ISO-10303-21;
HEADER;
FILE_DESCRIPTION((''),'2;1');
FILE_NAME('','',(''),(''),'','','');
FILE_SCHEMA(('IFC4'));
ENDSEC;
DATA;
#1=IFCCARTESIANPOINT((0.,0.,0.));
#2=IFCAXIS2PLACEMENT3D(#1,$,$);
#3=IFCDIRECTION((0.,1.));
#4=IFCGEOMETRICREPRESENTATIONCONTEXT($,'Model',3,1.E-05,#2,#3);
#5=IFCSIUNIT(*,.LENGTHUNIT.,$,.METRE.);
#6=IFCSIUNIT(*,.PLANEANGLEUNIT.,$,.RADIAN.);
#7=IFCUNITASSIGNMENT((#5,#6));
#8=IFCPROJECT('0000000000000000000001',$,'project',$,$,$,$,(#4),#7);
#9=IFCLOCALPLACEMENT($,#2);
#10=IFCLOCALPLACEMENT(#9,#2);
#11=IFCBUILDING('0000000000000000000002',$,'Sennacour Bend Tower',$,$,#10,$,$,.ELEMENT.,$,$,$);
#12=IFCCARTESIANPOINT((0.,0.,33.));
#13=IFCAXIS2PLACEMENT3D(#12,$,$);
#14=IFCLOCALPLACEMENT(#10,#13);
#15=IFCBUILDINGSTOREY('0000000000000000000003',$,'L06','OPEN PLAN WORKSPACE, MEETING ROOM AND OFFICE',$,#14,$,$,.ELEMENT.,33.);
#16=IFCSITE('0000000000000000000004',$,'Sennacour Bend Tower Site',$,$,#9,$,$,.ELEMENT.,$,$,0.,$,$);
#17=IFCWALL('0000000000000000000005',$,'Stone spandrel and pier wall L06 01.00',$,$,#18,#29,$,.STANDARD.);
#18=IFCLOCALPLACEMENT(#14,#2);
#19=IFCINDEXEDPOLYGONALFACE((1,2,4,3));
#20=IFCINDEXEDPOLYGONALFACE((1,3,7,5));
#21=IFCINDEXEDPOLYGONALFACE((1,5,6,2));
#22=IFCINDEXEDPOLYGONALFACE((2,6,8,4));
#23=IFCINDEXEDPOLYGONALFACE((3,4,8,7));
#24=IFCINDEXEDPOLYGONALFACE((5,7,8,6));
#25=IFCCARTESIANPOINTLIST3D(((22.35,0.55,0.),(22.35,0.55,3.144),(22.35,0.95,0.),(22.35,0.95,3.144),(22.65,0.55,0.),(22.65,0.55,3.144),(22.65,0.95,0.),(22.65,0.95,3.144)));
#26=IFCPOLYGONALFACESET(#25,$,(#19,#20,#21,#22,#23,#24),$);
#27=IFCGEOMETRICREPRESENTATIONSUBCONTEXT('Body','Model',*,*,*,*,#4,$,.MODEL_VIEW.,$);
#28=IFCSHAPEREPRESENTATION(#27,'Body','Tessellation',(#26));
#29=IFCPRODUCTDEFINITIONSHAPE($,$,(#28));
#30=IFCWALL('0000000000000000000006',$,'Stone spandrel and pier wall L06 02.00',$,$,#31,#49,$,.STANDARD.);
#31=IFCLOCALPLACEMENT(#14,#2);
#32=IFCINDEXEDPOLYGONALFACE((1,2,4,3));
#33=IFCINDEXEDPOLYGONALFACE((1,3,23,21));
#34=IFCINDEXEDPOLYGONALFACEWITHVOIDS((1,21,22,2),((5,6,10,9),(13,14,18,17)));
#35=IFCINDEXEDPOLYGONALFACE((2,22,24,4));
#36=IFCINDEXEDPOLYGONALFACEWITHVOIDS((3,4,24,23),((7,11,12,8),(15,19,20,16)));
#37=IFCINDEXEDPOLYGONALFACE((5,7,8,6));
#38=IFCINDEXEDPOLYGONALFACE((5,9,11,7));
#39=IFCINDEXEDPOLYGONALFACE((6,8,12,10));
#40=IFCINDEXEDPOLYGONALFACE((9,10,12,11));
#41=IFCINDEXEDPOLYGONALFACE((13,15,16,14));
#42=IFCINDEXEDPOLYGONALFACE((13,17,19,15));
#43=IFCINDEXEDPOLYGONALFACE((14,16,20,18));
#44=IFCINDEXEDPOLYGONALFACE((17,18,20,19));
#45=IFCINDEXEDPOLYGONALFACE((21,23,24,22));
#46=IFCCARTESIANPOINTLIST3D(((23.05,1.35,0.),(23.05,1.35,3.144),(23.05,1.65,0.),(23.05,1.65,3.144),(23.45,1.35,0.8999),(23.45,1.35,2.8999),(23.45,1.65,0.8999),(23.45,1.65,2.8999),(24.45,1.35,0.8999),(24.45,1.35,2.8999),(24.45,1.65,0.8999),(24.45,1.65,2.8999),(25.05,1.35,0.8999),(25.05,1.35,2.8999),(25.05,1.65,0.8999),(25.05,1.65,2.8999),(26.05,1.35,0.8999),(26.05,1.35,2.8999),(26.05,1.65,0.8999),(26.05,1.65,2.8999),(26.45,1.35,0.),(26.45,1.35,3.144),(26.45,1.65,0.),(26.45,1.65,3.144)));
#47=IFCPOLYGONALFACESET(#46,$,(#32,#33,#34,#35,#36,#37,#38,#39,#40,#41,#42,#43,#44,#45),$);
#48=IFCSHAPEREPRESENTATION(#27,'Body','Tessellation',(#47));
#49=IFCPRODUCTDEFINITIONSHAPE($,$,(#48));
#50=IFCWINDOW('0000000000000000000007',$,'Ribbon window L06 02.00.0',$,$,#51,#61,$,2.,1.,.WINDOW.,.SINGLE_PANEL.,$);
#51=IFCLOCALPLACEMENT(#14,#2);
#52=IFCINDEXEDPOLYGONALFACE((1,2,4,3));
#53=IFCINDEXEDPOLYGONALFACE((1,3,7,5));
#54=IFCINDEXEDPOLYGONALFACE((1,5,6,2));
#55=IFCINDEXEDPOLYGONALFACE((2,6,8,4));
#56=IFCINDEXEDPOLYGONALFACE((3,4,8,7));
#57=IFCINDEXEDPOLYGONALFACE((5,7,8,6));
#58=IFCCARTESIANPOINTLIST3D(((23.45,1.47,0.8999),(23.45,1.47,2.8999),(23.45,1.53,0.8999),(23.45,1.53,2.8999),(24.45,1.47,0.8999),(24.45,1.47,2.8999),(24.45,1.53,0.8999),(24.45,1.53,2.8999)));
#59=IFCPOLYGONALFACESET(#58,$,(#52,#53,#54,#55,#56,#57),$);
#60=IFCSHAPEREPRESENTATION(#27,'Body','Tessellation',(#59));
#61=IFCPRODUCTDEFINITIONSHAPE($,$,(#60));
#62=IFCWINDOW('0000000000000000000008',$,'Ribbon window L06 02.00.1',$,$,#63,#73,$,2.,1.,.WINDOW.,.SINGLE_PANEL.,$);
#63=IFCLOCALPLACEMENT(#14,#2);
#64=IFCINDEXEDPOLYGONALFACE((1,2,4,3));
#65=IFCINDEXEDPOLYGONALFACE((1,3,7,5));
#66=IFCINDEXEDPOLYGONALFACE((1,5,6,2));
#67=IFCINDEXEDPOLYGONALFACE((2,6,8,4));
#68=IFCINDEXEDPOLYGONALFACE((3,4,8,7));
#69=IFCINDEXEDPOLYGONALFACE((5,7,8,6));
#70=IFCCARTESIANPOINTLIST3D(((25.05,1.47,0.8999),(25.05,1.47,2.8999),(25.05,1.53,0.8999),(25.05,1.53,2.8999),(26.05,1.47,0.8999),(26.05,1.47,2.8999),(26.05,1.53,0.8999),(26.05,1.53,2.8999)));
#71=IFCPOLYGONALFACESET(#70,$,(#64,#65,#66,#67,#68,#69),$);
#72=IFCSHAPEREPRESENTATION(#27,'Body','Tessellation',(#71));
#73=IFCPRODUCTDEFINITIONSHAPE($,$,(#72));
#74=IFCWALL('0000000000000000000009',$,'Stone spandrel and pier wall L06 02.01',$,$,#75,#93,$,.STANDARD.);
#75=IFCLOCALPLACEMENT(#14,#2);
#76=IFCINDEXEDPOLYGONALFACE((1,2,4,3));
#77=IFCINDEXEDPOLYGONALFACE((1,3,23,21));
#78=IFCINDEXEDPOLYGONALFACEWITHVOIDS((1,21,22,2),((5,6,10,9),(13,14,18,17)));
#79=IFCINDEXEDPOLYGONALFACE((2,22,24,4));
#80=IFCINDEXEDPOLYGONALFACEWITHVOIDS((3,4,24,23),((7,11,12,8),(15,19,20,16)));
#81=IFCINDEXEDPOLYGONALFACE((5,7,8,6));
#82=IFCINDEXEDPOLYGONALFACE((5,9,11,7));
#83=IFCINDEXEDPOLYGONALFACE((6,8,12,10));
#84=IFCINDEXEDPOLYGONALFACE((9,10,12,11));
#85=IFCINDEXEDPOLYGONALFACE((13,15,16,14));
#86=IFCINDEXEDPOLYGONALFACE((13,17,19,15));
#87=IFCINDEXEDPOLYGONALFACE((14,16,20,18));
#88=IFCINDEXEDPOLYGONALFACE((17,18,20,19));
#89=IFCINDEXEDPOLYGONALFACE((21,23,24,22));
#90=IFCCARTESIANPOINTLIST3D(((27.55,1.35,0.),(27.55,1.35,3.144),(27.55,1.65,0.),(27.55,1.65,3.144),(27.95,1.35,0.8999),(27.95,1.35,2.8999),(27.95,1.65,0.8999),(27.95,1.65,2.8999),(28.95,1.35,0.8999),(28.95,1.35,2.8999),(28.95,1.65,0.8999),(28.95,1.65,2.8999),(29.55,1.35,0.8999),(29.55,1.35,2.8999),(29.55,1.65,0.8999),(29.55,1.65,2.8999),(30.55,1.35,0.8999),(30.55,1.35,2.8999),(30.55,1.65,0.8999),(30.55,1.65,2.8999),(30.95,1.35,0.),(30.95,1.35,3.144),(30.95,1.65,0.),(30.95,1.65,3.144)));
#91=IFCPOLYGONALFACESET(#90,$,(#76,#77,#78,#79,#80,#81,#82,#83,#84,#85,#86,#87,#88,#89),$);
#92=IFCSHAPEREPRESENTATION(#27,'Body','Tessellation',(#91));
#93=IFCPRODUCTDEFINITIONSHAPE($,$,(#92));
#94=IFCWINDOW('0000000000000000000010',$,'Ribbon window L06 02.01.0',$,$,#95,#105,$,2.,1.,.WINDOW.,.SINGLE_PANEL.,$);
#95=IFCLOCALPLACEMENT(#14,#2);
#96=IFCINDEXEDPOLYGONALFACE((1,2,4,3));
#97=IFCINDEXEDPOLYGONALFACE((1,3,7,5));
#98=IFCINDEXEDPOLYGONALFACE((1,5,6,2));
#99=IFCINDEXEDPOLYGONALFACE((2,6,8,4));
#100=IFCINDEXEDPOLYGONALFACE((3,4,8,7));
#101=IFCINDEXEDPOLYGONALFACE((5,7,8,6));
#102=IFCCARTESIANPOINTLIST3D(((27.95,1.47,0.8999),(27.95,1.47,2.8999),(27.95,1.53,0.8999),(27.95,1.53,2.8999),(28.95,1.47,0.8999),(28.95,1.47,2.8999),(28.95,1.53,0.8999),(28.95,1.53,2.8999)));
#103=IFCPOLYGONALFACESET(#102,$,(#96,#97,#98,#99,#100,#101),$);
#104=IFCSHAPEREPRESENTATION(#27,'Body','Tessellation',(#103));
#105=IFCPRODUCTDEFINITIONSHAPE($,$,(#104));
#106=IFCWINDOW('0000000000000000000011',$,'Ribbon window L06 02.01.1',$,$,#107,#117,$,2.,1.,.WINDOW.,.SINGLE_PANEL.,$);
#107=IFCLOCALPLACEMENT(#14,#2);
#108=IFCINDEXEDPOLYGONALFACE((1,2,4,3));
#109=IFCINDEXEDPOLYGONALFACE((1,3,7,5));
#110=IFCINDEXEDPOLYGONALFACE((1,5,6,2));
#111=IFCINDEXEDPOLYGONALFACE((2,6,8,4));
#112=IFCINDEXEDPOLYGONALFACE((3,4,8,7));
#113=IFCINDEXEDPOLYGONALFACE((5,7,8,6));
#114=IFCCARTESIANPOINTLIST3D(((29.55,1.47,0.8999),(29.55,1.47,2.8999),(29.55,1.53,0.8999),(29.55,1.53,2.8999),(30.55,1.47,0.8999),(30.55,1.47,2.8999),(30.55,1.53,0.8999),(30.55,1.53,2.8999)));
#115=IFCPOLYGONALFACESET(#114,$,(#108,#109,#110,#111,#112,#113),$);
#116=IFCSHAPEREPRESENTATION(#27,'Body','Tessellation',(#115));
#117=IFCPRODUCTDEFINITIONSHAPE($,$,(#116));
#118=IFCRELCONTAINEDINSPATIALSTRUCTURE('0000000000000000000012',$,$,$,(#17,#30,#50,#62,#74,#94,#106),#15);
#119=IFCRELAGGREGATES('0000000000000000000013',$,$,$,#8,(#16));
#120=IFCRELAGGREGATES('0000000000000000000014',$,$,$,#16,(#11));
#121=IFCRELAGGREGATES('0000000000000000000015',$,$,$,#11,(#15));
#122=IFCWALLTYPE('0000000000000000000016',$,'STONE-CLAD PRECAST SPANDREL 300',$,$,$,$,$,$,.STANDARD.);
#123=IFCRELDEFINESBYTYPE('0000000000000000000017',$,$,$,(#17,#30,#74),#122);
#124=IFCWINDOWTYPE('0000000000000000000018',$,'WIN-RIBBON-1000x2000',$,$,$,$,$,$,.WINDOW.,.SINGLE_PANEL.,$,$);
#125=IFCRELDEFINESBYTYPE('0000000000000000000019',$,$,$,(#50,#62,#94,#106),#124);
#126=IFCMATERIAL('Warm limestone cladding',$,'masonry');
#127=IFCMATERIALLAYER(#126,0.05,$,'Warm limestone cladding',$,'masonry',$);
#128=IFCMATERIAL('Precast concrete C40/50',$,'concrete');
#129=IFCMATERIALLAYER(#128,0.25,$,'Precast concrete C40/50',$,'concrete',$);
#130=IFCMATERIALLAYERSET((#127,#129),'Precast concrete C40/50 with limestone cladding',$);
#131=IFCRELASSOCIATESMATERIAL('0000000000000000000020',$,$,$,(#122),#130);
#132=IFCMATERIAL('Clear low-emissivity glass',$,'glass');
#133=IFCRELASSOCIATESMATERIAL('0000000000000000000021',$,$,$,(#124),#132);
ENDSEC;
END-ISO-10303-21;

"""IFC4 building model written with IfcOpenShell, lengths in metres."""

from ifc_helpers import new_model, si_unit, direction, frame, frame_2d, origin, place, context, subcontext, project, spatial, rectangle, extrude, material, layer, layer_set, type_object, element, fill, save


model = new_model("IFC4")

# Units and contexts
model_context = context("Model", 3, precision=1e-05, world=origin(), true_north=direction((0.0, 1.0)))
body_context = subcontext(model_context, "Body", "Model", "MODEL_VIEW")
ifc_project = project(units=[si_unit("LENGTHUNIT", "METRE"), si_unit("PLANEANGLEUNIT", "RADIAN")], contexts=[model_context])

# Site, building, storey
site_placement = place(None, origin())
site = spatial("IfcSite", under=ifc_project, at=site_placement, Name="Sennacour Bend Tower Site", CompositionType="ELEMENT", RefElevation=0.0)
building_placement = place(site_placement, origin())
building = spatial("IfcBuilding", under=site, at=building_placement, Name="Sennacour Bend Tower", CompositionType="ELEMENT")
storey_placement = place(building_placement, frame((0.0, 0.0, 33.0)))
storey = spatial("IfcBuildingStorey", under=building, at=storey_placement, Name="L06", Description="OPEN PLAN WORKSPACE, MEETING ROOM AND OFFICE", CompositionType="ELEMENT", Elevation=33.0)

# Wall
ifc_material_1 = material(Name="Warm limestone cladding", Category="masonry")
ifc_layer_1 = layer(ifc_material_1, 0.05, Name="Warm limestone cladding", Category="masonry")
ifc_material_2 = material(Name="Precast concrete C40/50", Category="concrete")
ifc_layer_2 = layer(ifc_material_2, 0.25, Name="Precast concrete C40/50", Category="concrete")
ifc_layer_set_1 = layer_set([ifc_layer_1, ifc_layer_2], Name="Precast concrete C40/50 with limestone cladding")
wall_type_1 = type_object("IfcWallType", Name="STONE-CLAD PRECAST SPANDREL 300", PredefinedType="STANDARD", material=ifc_layer_set_1)
wall_1_placement = place(storey_placement, frame((22.5, 0.55, 0.0), z_axis=(0.0, 0.0, 1.0), x_axis=(0.0, 1.0, 0.0)))
element("IfcWall", 1, at=wall_1_placement, inside=storey, type_object=wall_type_1, Name="Stone spandrel and pier wall L06 01.00", PredefinedType="STANDARD", context=body_context, shape_type="SweptSolid", body=[
    extrude(rectangle(XDim=0.3999, YDim=0.3, at=frame_2d((0.2, 0.0))), origin(), (0.0, 0.0, 1.0), 3.144),
])

# Walls, openings, windows
wall_2_placement = place(storey_placement, frame((23.05, 1.5, 0.0), z_axis=(0.0, 0.0, 1.0), x_axis=(1.0, 0.0, 0.0)))
wall_2 = element("IfcWall", 2, at=wall_2_placement, inside=storey, type_object=wall_type_1, Name="Stone spandrel and pier wall L06 02.00", PredefinedType="STANDARD", context=body_context, shape_type="SweptSolid", body=[
    extrude(rectangle(XDim=3.3999, YDim=0.3, at=frame_2d((1.7, 0.0))), origin(), (0.0, 0.0, 1.0), 3.144),
])
opening_1_placement = place(wall_2_placement, frame((0.3999, 0.0, 0.8999)))
opening_1 = element("IfcOpeningElement", 3, at=opening_1_placement, cuts=wall_2, PredefinedType="OPENING", context=body_context, shape_type="SweptSolid", body=[
    extrude(rectangle(XDim=1.0, YDim=2.0, at=frame_2d((0.5, 1.0))), frame((0.0, 0.1602, 0.0), z_axis=(0.0, -1.0, 0.0), x_axis=(1.0, 0.0, 0.0)), (0.0, 0.0, 1.0), 0.3201),
])
opening_2_placement = place(wall_2_placement, frame((2.0, 0.0, 0.8999)))
opening_2 = element("IfcOpeningElement", 4, at=opening_2_placement, cuts=wall_2, PredefinedType="OPENING", context=body_context, shape_type="SweptSolid", body=[
    extrude(rectangle(XDim=1.0, YDim=2.0, at=frame_2d((0.5, 1.0))), frame((0.0, 0.1602, 0.0), z_axis=(0.0, -1.0, 0.0), x_axis=(1.0, 0.0, 0.0)), (0.0, 0.0, 1.0), 0.3201),
])
ifc_material_3 = material(Name="Clear low-emissivity glass", Category="glass")
window_type = type_object("IfcWindowType", Name="WIN-RIBBON-1000x2000", PartitioningType="SINGLE_PANEL", PredefinedType="WINDOW", material=ifc_material_3)
window_1_placement = place(opening_1_placement, origin())
window_1 = element("IfcWindow", 5, at=window_1_placement, inside=storey, type_object=window_type, Name="Ribbon window L06 02.00.0", OverallHeight=2.0, OverallWidth=1.0, PartitioningType="SINGLE_PANEL", PredefinedType="WINDOW", context=body_context, shape_type="SweptSolid", body=[
    extrude(rectangle(XDim=1.0, YDim=2.0, at=frame_2d((0.5, 1.0))), frame((0.0, 0.03, 0.0), z_axis=(0.0, -1.0, 0.0), x_axis=(1.0, 0.0, 0.0)), (0.0, 0.0, 1.0), 0.0601),
])
fill(opening_1, window_1)
window_2_placement = place(opening_2_placement, origin())
window_2 = element("IfcWindow", 6, at=window_2_placement, inside=storey, type_object=window_type, Name="Ribbon window L06 02.00.1", OverallHeight=2.0, OverallWidth=1.0, PartitioningType="SINGLE_PANEL", PredefinedType="WINDOW", context=body_context, shape_type="SweptSolid", body=[
    extrude(rectangle(XDim=1.0, YDim=2.0, at=frame_2d((0.5, 1.0))), frame((0.0, 0.03, 0.0), z_axis=(0.0, -1.0, 0.0), x_axis=(1.0, 0.0, 0.0)), (0.0, 0.0, 1.0), 0.0601),
])
fill(opening_2, window_2)
wall_3_placement = place(storey_placement, frame((27.55, 1.5, 0.0), z_axis=(0.0, 0.0, 1.0), x_axis=(1.0, 0.0, 0.0)))
wall_3 = element("IfcWall", 7, at=wall_3_placement, inside=storey, type_object=wall_type_1, Name="Stone spandrel and pier wall L06 02.01", PredefinedType="STANDARD", context=body_context, shape_type="SweptSolid", body=[
    extrude(rectangle(XDim=3.3999, YDim=0.3, at=frame_2d((1.7, 0.0))), origin(), (0.0, 0.0, 1.0), 3.144),
])
opening_3_placement = place(wall_3_placement, frame((0.3999, 0.0, 0.8999)))
opening_3 = element("IfcOpeningElement", 8, at=opening_3_placement, cuts=wall_3, PredefinedType="OPENING", context=body_context, shape_type="SweptSolid", body=[
    extrude(rectangle(XDim=1.0, YDim=2.0, at=frame_2d((0.5, 1.0))), frame((0.0, 0.1602, 0.0), z_axis=(0.0, -1.0, 0.0), x_axis=(1.0, 0.0, 0.0)), (0.0, 0.0, 1.0), 0.3201),
])
opening_4_placement = place(wall_3_placement, frame((2.0, 0.0, 0.8999)))
opening_4 = element("IfcOpeningElement", 9, at=opening_4_placement, cuts=wall_3, PredefinedType="OPENING", context=body_context, shape_type="SweptSolid", body=[
    extrude(rectangle(XDim=1.0, YDim=2.0, at=frame_2d((0.5, 1.0))), frame((0.0, 0.1602, 0.0), z_axis=(0.0, -1.0, 0.0), x_axis=(1.0, 0.0, 0.0)), (0.0, 0.0, 1.0), 0.3201),
])
window_3_placement = place(opening_3_placement, origin())
window_3 = element("IfcWindow", 10, at=window_3_placement, inside=storey, type_object=window_type, Name="Ribbon window L06 02.01.0", OverallHeight=2.0, OverallWidth=1.0, PartitioningType="SINGLE_PANEL", PredefinedType="WINDOW", context=body_context, shape_type="SweptSolid", body=[
    extrude(rectangle(XDim=1.0, YDim=2.0, at=frame_2d((0.5, 1.0))), frame((0.0, 0.03, 0.0), z_axis=(0.0, -1.0, 0.0), x_axis=(1.0, 0.0, 0.0)), (0.0, 0.0, 1.0), 0.0601),
])
fill(opening_3, window_3)
window_4_placement = place(opening_4_placement, origin())
window_4 = element("IfcWindow", 11, at=window_4_placement, inside=storey, type_object=window_type, Name="Ribbon window L06 02.01.1", OverallHeight=2.0, OverallWidth=1.0, PartitioningType="SINGLE_PANEL", PredefinedType="WINDOW", context=body_context, shape_type="SweptSolid", body=[
    extrude(rectangle(XDim=1.0, YDim=2.0, at=frame_2d((0.5, 1.0))), frame((0.0, 0.03, 0.0), z_axis=(0.0, -1.0, 0.0), x_axis=(1.0, 0.0, 0.0)), (0.0, 0.0, 1.0), 0.0601),
])
fill(opening_4, window_4)

save(model, "model.ifc")
